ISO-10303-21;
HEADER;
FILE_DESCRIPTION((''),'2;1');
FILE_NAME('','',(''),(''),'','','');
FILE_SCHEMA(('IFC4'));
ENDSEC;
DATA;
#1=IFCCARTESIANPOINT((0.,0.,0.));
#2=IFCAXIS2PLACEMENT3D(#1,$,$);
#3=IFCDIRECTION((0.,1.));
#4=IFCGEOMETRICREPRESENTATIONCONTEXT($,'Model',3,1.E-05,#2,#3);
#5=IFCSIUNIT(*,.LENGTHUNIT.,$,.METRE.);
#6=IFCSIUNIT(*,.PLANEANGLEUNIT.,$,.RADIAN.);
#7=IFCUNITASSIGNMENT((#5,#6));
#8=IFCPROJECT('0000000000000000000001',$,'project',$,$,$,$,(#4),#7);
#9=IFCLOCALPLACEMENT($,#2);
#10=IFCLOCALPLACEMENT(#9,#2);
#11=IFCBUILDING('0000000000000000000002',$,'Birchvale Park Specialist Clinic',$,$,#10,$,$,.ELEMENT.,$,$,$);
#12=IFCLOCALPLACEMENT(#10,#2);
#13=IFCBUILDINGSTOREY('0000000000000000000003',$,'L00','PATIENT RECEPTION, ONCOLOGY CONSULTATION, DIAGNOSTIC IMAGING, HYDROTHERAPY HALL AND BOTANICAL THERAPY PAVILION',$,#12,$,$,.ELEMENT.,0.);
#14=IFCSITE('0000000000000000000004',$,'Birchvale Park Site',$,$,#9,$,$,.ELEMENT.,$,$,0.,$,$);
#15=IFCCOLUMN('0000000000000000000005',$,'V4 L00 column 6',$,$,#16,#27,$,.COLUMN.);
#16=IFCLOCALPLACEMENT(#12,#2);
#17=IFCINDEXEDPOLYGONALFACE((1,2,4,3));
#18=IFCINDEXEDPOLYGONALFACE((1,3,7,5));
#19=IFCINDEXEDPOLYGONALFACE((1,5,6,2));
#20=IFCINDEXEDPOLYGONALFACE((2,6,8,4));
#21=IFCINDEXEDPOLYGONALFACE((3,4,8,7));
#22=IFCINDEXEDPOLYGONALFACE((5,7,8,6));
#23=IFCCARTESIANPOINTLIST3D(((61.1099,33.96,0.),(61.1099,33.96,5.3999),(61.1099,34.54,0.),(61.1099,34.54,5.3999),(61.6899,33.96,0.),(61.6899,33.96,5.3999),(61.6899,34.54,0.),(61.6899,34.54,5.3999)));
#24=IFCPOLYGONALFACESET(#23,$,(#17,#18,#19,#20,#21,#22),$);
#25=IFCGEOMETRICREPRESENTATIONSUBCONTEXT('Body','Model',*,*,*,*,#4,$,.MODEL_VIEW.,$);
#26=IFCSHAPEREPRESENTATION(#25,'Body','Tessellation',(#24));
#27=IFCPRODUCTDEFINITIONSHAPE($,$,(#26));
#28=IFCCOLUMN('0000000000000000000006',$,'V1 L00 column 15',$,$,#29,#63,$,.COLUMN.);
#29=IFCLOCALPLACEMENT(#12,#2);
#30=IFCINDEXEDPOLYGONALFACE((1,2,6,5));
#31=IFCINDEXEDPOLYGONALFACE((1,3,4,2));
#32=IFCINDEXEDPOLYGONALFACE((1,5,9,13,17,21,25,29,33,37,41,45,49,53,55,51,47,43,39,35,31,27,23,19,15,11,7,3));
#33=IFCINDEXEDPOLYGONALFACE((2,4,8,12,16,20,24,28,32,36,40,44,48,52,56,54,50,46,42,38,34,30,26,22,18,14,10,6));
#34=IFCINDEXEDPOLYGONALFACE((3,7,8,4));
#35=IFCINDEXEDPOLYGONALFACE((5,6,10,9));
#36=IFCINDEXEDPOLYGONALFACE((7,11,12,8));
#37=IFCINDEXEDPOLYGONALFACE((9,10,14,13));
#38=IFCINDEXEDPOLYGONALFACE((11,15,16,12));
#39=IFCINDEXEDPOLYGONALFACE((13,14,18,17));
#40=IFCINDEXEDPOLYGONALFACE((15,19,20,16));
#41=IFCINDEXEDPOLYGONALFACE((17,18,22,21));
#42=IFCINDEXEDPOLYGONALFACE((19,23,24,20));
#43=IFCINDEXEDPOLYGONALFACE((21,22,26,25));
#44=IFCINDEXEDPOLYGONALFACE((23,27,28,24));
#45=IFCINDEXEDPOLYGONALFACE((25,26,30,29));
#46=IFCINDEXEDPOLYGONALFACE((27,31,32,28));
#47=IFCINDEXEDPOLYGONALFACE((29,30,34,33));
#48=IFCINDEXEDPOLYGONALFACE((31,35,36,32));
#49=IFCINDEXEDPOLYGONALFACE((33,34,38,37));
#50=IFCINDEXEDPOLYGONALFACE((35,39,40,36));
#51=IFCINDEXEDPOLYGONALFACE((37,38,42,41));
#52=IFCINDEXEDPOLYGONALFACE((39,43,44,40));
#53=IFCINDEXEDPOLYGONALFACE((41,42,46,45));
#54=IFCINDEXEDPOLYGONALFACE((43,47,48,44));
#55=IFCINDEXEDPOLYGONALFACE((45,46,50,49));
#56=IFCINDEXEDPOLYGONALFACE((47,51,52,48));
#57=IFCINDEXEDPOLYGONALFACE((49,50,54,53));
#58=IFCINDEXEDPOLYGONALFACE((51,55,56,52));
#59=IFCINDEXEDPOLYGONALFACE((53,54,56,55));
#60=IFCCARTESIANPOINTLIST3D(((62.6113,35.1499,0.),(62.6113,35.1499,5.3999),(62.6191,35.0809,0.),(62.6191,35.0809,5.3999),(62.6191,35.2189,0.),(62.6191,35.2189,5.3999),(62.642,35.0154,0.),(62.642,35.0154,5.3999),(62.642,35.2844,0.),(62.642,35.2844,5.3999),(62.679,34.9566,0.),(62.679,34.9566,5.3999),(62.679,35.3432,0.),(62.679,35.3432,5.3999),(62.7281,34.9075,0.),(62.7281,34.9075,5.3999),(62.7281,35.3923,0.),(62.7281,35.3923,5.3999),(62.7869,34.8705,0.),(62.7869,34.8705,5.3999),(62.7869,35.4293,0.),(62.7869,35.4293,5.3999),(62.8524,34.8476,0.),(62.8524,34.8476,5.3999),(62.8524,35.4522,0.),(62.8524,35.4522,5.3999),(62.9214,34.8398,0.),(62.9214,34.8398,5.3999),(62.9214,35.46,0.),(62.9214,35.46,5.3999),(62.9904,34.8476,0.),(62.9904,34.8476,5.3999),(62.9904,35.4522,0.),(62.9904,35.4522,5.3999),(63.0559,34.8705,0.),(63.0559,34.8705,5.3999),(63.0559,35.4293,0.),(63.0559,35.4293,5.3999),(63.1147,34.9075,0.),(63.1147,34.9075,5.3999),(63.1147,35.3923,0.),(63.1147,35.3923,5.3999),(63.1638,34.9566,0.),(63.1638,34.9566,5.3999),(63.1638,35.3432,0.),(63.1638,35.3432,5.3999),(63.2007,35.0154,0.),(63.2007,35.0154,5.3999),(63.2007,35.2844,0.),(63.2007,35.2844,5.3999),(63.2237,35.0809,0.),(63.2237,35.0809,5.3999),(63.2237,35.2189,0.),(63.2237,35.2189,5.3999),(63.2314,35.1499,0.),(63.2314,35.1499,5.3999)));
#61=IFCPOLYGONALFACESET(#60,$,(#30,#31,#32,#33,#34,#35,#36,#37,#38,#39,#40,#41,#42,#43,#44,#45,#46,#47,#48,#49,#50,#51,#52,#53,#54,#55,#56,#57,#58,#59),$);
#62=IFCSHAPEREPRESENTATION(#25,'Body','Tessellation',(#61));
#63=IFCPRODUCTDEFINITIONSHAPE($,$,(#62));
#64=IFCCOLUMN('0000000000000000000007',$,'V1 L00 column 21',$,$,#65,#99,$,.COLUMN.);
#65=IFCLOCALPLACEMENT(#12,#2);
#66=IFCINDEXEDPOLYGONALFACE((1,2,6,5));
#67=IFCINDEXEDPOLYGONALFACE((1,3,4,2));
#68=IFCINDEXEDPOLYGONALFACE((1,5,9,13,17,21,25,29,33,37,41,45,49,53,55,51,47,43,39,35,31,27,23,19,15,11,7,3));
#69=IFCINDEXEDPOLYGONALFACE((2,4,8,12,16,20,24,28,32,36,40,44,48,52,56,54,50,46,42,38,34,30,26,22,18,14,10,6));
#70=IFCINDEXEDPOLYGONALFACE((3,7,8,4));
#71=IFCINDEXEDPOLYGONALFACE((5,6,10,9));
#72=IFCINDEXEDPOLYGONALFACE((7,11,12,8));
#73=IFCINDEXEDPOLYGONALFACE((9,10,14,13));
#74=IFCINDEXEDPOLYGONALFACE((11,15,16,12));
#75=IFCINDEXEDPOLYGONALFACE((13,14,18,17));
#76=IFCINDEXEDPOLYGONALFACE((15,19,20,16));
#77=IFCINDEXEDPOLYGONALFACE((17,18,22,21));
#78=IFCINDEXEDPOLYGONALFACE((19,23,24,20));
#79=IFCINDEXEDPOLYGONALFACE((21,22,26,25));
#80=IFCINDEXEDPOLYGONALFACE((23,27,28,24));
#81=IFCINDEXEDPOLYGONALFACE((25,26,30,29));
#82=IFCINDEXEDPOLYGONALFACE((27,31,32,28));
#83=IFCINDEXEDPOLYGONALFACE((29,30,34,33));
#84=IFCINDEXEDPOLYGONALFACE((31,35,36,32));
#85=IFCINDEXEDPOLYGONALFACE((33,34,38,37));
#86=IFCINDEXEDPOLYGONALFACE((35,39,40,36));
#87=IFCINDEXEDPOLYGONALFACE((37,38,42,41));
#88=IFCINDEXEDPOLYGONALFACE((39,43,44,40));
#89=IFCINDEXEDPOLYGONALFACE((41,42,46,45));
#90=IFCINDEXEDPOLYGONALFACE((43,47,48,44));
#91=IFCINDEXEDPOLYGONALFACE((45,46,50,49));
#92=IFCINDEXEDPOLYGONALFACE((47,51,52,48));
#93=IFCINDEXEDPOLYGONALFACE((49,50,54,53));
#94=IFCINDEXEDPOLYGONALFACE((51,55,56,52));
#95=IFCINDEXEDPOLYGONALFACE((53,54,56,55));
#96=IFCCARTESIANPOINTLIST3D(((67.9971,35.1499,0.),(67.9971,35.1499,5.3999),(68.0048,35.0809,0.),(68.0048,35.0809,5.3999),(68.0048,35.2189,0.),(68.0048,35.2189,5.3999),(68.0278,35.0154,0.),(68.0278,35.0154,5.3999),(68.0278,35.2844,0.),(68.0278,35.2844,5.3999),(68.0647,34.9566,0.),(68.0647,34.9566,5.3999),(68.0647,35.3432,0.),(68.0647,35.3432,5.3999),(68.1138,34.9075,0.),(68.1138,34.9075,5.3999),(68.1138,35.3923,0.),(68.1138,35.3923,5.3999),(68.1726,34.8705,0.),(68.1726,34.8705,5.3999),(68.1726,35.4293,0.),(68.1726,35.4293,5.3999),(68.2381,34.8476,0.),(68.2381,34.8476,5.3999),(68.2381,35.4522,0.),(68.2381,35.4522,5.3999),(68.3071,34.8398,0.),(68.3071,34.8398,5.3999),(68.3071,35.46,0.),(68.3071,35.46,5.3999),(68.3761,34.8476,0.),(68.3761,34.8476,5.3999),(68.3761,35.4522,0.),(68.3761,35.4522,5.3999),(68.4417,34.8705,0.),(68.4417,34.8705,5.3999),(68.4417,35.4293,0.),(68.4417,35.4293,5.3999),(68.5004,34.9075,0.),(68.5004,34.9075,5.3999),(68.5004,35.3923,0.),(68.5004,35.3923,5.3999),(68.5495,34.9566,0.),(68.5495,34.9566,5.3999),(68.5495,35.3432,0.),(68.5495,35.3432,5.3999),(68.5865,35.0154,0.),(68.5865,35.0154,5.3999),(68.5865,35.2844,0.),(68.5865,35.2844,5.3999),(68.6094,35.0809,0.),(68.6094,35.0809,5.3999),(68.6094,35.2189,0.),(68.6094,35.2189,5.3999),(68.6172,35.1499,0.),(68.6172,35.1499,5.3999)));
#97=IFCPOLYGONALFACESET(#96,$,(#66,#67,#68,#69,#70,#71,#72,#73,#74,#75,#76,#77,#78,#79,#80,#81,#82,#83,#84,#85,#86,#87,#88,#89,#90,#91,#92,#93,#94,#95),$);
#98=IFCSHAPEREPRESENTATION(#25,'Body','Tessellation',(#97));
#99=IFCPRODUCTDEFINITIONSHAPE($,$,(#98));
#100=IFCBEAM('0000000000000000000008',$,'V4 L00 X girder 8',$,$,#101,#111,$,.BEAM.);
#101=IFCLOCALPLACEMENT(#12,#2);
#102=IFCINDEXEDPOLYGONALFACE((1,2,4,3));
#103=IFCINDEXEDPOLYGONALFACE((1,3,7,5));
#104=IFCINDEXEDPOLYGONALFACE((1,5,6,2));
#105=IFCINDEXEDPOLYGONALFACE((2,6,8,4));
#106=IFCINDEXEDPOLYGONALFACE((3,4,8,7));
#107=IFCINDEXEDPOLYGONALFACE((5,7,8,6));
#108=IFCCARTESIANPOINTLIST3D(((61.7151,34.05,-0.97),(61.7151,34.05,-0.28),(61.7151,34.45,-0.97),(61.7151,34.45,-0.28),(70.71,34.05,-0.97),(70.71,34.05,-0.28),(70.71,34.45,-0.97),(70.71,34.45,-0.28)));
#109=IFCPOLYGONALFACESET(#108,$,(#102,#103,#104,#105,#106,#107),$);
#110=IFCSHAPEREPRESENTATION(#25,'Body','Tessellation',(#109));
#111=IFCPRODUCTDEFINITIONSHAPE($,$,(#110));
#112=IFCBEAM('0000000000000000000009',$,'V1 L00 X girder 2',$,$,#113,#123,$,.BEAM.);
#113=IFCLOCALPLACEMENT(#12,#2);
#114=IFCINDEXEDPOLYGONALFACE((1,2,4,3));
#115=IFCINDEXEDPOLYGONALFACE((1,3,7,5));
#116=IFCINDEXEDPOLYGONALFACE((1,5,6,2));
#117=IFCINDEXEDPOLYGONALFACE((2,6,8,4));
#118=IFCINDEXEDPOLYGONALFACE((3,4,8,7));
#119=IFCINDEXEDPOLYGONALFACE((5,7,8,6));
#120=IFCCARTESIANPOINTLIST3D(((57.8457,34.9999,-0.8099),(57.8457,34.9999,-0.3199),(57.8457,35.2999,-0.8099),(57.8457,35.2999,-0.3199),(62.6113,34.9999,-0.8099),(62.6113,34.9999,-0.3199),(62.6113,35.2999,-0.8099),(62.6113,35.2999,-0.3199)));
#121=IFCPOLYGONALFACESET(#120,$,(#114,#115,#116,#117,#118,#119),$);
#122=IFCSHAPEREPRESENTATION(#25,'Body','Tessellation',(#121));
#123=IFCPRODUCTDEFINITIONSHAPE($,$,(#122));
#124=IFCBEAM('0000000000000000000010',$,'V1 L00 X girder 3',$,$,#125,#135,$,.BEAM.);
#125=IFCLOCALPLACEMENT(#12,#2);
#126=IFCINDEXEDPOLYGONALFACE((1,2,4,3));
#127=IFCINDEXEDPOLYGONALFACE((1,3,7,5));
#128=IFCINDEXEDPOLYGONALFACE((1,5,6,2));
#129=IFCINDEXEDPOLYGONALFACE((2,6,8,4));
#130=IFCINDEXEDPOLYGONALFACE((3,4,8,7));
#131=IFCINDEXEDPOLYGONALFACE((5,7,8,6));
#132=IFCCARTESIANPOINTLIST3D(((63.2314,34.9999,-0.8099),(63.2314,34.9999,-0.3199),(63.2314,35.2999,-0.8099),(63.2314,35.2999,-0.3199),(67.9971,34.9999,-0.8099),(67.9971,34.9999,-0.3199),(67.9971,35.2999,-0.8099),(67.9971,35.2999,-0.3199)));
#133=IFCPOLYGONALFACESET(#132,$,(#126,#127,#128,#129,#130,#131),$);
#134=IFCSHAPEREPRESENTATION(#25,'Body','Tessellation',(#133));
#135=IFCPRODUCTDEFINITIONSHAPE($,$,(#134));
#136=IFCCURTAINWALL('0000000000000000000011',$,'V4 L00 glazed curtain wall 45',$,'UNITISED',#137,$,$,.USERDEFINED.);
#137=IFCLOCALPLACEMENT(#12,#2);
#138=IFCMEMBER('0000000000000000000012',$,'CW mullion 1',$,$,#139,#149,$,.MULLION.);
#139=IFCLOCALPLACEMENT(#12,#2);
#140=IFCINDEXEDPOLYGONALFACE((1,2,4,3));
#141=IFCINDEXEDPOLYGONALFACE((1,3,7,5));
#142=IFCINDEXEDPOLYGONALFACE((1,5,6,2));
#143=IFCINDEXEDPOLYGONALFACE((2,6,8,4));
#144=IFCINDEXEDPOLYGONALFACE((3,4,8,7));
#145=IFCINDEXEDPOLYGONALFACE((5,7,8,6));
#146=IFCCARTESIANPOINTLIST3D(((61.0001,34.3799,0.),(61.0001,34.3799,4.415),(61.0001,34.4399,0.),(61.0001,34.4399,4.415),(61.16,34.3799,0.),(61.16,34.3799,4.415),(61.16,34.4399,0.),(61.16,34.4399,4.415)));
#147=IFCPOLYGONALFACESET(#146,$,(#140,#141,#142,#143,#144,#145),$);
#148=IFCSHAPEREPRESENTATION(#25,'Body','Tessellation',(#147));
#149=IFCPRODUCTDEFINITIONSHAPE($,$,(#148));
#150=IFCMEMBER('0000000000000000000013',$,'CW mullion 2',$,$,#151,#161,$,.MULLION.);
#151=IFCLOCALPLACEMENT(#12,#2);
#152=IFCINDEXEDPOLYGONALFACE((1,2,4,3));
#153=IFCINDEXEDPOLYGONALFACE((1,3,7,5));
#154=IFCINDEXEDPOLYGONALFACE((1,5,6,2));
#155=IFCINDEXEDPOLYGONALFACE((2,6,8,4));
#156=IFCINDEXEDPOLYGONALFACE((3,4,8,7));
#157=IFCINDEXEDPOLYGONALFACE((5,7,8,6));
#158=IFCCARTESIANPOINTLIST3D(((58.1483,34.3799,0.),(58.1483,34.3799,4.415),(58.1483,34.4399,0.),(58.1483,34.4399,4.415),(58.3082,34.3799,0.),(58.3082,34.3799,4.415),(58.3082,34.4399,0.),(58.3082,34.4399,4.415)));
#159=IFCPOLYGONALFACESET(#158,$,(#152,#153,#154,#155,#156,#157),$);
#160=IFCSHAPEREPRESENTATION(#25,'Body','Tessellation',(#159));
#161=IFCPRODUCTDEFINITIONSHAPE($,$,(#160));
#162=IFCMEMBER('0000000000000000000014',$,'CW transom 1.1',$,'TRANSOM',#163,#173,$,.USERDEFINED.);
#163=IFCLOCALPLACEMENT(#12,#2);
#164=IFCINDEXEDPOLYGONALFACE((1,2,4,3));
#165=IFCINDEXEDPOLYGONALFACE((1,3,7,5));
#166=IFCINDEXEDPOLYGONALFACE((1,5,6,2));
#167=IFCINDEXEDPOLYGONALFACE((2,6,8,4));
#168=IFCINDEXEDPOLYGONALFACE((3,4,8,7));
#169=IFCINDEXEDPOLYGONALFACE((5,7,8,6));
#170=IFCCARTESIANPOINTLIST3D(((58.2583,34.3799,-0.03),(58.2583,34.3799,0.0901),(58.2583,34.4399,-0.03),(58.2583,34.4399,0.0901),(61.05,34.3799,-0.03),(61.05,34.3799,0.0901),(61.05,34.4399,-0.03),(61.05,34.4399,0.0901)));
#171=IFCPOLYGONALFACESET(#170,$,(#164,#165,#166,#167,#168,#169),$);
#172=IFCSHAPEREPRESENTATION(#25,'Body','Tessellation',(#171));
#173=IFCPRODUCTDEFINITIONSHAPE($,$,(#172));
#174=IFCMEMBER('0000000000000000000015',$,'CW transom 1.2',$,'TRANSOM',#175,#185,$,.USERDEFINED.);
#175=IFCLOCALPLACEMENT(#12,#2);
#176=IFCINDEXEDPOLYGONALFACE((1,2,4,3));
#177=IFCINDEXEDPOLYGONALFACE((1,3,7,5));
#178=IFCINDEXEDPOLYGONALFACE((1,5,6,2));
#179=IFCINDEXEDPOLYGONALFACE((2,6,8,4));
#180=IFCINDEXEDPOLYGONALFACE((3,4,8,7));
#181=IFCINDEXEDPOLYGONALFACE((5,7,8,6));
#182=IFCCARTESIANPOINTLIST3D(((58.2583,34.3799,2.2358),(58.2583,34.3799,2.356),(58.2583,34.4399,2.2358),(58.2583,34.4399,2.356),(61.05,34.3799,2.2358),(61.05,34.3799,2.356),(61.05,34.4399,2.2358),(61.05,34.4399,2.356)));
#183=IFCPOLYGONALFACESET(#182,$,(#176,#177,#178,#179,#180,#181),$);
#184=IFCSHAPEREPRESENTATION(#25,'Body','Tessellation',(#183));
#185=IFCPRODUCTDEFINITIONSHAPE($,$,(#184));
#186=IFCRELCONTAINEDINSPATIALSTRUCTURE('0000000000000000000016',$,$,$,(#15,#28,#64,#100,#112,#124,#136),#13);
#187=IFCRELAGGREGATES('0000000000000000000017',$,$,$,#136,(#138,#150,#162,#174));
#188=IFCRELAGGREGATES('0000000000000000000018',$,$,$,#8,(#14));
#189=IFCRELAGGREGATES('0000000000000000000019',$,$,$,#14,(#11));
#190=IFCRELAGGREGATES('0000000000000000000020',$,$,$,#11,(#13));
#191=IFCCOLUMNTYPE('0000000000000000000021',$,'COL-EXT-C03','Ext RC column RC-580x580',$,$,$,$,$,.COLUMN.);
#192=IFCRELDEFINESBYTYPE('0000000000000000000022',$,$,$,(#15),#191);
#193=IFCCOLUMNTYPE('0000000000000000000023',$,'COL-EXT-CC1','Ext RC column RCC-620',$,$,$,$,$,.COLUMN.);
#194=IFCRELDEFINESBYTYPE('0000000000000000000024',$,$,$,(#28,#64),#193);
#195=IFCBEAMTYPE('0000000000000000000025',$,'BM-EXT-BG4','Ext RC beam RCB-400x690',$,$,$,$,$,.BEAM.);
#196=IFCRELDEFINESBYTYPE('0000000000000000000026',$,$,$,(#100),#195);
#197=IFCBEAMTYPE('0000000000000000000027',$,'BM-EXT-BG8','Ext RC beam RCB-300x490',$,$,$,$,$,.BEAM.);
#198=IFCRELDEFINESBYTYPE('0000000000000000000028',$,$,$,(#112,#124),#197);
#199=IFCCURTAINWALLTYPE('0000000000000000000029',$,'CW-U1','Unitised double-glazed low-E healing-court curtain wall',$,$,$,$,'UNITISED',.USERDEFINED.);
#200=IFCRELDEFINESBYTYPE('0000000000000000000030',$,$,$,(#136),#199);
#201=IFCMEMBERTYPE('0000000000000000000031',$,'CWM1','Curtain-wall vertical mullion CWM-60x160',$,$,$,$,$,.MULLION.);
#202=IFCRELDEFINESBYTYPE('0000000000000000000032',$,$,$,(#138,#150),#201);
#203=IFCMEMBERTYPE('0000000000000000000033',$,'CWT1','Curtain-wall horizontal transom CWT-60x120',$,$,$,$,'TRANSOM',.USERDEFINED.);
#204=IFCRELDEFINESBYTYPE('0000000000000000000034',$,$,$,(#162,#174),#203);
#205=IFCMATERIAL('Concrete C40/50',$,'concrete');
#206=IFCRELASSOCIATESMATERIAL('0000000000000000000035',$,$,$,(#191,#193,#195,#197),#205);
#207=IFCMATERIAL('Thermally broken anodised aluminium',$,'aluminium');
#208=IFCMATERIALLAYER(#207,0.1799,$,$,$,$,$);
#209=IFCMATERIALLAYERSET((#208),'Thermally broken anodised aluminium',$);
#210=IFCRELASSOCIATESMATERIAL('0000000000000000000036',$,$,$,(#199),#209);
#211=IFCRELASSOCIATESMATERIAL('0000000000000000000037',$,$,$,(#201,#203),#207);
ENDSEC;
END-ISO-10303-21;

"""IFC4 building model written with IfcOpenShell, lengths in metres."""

from ifc_helpers import new_model, si_unit, direction, frame, origin, origin_2d, place, context, subcontext, project, spatial, rectangle, circle, extrude, material, layer, layer_set, material_profile, profile_set, type_object, element, aggregate, save


model = new_model("IFC4")

# Units and contexts
model_context = context("Model", 3, precision=1e-05, world=origin(), true_north=direction((0.0, 1.0)))
body_context = subcontext(model_context, "Body", "Model", "MODEL_VIEW")
ifc_project = project(units=[si_unit("LENGTHUNIT", "METRE"), si_unit("PLANEANGLEUNIT", "RADIAN")], contexts=[model_context])

# Site, building, storey
site_placement = place(None, origin())
site = spatial("IfcSite", under=ifc_project, at=site_placement, Name="Birchvale Park Site", CompositionType="ELEMENT", RefElevation=0.0)
building_placement = place(site_placement, origin())
building = spatial("IfcBuilding", under=site, at=building_placement, Name="Birchvale Park Specialist Clinic", CompositionType="ELEMENT")
storey_placement = place(building_placement, origin())
storey = spatial("IfcBuildingStorey", under=building, at=storey_placement, Name="L00", Description="PATIENT RECEPTION, ONCOLOGY CONSULTATION, DIAGNOSTIC IMAGING, HYDROTHERAPY HALL AND BOTANICAL THERAPY PAVILION", CompositionType="ELEMENT", Elevation=0.0)

# Columns
ifc_material_1 = material(Name="Concrete C40/50", Category="concrete")
ifc_material_profile_1 = material_profile(ifc_material_1, rectangle(XDim=0.5801, YDim=0.5801, at=origin_2d()), Name="RC-580x580")
ifc_profile_set_1 = profile_set([ifc_material_profile_1], Name="Concrete C40/50")
column_type_1 = type_object("IfcColumnType", Name="COL-EXT-C03", Description="Ext RC column RC-580x580", PredefinedType="COLUMN", material=ifc_profile_set_1)
column_placement = place(storey_placement, frame((61.3999, 34.25, 0.0), z_axis=(0.0, 0.0, 1.0), x_axis=(1.0, 0.0, 0.0)))
element("IfcColumn", 1, at=column_placement, inside=storey, type_object=column_type_1, Name="V4 L00 column 6", PredefinedType="COLUMN", context=body_context, shape_type="SweptSolid", body=[
    extrude(rectangle(XDim=0.5801, YDim=0.5801, at=origin_2d()), origin(), (0.0, 0.0, 1.0), 5.3999),
])
ifc_material_profile_2 = material_profile(ifc_material_1, circle(Radius=0.3101, at=origin_2d()), Name="RCC-620")
ifc_profile_set_2 = profile_set([ifc_material_profile_2], Name="Concrete C40/50")
column_type_2 = type_object("IfcColumnType", Name="COL-EXT-CC1", Description="Ext RC column RCC-620", PredefinedType="COLUMN", material=ifc_profile_set_2)
for number, where, z_axis, x_axis, name in (
    (2, (62.9214, 35.1499, 0.0), (0.0, 0.0, 1.0), (1.0, 0.0, 0.0), "V1 L00 column 15"),
    (3, (68.3071, 35.1499, 0.0), (0.0, 0.0, 1.0), (1.0, 0.0, 0.0), "V1 L00 column 21"),
):
    element("IfcColumn", number, at=place(storey_placement, frame(where, z_axis=z_axis, x_axis=x_axis)), inside=storey, type_object=column_type_2, Name=name, PredefinedType="COLUMN", context=body_context, shape_type="SweptSolid", body=[
        extrude(circle(Radius=0.3101, at=origin_2d()), origin(), (0.0, 0.0, 1.0), 5.3999),
    ])

# Beams
ifc_material_profile_3 = material_profile(ifc_material_1, rectangle(XDim=0.3999, YDim=0.6899, at=origin_2d()), Name="RCB-400x690")
ifc_profile_set_3 = profile_set([ifc_material_profile_3], Name="Concrete C40/50")
beam_type_1 = type_object("IfcBeamType", Name="BM-EXT-BG4", Description="Ext RC beam RCB-400x690", PredefinedType="BEAM", material=ifc_profile_set_3)
beam_1_placement = place(storey_placement, frame((61.7151, 34.25, -0.625), z_axis=(1.0, 0.0, 0.0), x_axis=(0.0, 1.0, 0.0)))
element("IfcBeam", 4, at=beam_1_placement, inside=storey, type_object=beam_type_1, Name="V4 L00 X girder 8", PredefinedType="BEAM", context=body_context, shape_type="SweptSolid", body=[
    extrude(rectangle(XDim=0.3999, YDim=0.6899, at=origin_2d()), origin(), (0.0, 0.0, 1.0), 8.9949),
])
ifc_material_profile_4 = material_profile(ifc_material_1, rectangle(XDim=0.3, YDim=0.49, at=origin_2d()), Name="RCB-300x490")
ifc_profile_set_4 = profile_set([ifc_material_profile_4], Name="Concrete C40/50")
beam_type_2 = type_object("IfcBeamType", Name="BM-EXT-BG8", Description="Ext RC beam RCB-300x490", PredefinedType="BEAM", material=ifc_profile_set_4)
for number, where, z_axis, x_axis, name in (
    (5, (57.8457, 35.1499, -0.5649), (1.0, 0.0, 0.0), (0.0, 1.0, 0.0), "V1 L00 X girder 2"),
    (6, (63.2314, 35.1499, -0.5649), (1.0, 0.0, 0.0), (0.0, 1.0, 0.0), "V1 L00 X girder 3"),
):
    element("IfcBeam", number, at=place(storey_placement, frame(where, z_axis=z_axis, x_axis=x_axis)), inside=storey, type_object=beam_type_2, Name=name, PredefinedType="BEAM", context=body_context, shape_type="SweptSolid", body=[
        extrude(rectangle(XDim=0.3, YDim=0.49, at=origin_2d()), origin(), (0.0, 0.0, 1.0), 4.7656),
    ])

# Curtain wall, members
ifc_material_2 = material(Name="Thermally broken anodised aluminium", Category="aluminium")
ifc_layer_1 = layer(ifc_material_2, 0.1799)
ifc_layer_set_1 = layer_set([ifc_layer_1], Name="Thermally broken anodised aluminium")
curtain_wall_type = type_object("IfcCurtainWallType", Name="CW-U1", Description="Unitised double-glazed low-E healing-court curtain wall", ElementType="UNITISED", PredefinedType="USERDEFINED", material=ifc_layer_set_1)
curtain_wall_placement = place(storey_placement, origin())
curtain_wall = element("IfcCurtainWall", 7, at=curtain_wall_placement, inside=storey, type_object=curtain_wall_type, Name="V4 L00 glazed curtain wall 45", ObjectType="UNITISED", PredefinedType="USERDEFINED")
ifc_material_profile_5 = material_profile(ifc_material_2, rectangle(XDim=0.0601, YDim=0.1599, at=origin_2d()), Name="CWM-60x160")
ifc_profile_set_5 = profile_set([ifc_material_profile_5], Name="Thermally broken anodised aluminium")
member_type_1 = type_object("IfcMemberType", Name="CWM1", Description="Curtain-wall vertical mullion CWM-60x160", PredefinedType="MULLION", material=ifc_profile_set_5)
member_1_placement = place(storey_placement, frame((61.0801, 34.4099, 0.0), z_axis=(0.0, 0.0, 1.0), x_axis=(0.0, -1.0, 0.0)))
member_1 = element("IfcMember", 8, at=member_1_placement, type_object=member_type_1, Name="CW mullion 1", PredefinedType="MULLION", context=body_context, shape_type="SweptSolid", body=[
    extrude(rectangle(XDim=0.0601, YDim=0.1599, at=origin_2d()), origin(), (0.0, 0.0, 1.0), 4.415),
])
member_2_placement = place(storey_placement, frame((58.2283, 34.4099, 0.0), z_axis=(0.0, 0.0, 1.0), x_axis=(0.0, -1.0, 0.0)))
member_2 = element("IfcMember", 9, at=member_2_placement, type_object=member_type_1, Name="CW mullion 2", PredefinedType="MULLION", context=body_context, shape_type="SweptSolid", body=[
    extrude(rectangle(XDim=0.0601, YDim=0.1599, at=origin_2d()), origin(), (0.0, 0.0, 1.0), 4.415),
])
ifc_material_profile_6 = material_profile(ifc_material_2, rectangle(XDim=0.0601, YDim=0.1201, at=origin_2d()), Name="CWT-60x120")
ifc_profile_set_6 = profile_set([ifc_material_profile_6], Name="Thermally broken anodised aluminium")
member_type_2 = type_object("IfcMemberType", Name="CWT1", Description="Curtain-wall horizontal transom CWT-60x120", ElementType="TRANSOM", PredefinedType="USERDEFINED", material=ifc_profile_set_6)
member_3_placement = place(storey_placement, frame((61.05, 34.4099, 0.03), z_axis=(-1.0, 0.0, 0.0), x_axis=(0.0, -1.0, 0.0)))
member_3 = element("IfcMember", 10, at=member_3_placement, type_object=member_type_2, Name="CW transom 1.1", ObjectType="TRANSOM", PredefinedType="USERDEFINED", context=body_context, shape_type="SweptSolid", body=[
    extrude(rectangle(XDim=0.0601, YDim=0.1201, at=origin_2d()), origin(), (0.0, 0.0, 1.0), 2.7917),
])
member_4_placement = place(storey_placement, frame((61.05, 34.4099, 2.2959), z_axis=(-1.0, 0.0, 0.0), x_axis=(0.0, -1.0, 0.0)))
member_4 = element("IfcMember", 11, at=member_4_placement, type_object=member_type_2, Name="CW transom 1.2", ObjectType="TRANSOM", PredefinedType="USERDEFINED", context=body_context, shape_type="SweptSolid", body=[
    extrude(rectangle(XDim=0.0601, YDim=0.1201, at=origin_2d()), origin(), (0.0, 0.0, 1.0), 2.7917),
])

aggregate(curtain_wall, [member_1, member_2, member_3, member_4])

save(model, "model.ifc")
